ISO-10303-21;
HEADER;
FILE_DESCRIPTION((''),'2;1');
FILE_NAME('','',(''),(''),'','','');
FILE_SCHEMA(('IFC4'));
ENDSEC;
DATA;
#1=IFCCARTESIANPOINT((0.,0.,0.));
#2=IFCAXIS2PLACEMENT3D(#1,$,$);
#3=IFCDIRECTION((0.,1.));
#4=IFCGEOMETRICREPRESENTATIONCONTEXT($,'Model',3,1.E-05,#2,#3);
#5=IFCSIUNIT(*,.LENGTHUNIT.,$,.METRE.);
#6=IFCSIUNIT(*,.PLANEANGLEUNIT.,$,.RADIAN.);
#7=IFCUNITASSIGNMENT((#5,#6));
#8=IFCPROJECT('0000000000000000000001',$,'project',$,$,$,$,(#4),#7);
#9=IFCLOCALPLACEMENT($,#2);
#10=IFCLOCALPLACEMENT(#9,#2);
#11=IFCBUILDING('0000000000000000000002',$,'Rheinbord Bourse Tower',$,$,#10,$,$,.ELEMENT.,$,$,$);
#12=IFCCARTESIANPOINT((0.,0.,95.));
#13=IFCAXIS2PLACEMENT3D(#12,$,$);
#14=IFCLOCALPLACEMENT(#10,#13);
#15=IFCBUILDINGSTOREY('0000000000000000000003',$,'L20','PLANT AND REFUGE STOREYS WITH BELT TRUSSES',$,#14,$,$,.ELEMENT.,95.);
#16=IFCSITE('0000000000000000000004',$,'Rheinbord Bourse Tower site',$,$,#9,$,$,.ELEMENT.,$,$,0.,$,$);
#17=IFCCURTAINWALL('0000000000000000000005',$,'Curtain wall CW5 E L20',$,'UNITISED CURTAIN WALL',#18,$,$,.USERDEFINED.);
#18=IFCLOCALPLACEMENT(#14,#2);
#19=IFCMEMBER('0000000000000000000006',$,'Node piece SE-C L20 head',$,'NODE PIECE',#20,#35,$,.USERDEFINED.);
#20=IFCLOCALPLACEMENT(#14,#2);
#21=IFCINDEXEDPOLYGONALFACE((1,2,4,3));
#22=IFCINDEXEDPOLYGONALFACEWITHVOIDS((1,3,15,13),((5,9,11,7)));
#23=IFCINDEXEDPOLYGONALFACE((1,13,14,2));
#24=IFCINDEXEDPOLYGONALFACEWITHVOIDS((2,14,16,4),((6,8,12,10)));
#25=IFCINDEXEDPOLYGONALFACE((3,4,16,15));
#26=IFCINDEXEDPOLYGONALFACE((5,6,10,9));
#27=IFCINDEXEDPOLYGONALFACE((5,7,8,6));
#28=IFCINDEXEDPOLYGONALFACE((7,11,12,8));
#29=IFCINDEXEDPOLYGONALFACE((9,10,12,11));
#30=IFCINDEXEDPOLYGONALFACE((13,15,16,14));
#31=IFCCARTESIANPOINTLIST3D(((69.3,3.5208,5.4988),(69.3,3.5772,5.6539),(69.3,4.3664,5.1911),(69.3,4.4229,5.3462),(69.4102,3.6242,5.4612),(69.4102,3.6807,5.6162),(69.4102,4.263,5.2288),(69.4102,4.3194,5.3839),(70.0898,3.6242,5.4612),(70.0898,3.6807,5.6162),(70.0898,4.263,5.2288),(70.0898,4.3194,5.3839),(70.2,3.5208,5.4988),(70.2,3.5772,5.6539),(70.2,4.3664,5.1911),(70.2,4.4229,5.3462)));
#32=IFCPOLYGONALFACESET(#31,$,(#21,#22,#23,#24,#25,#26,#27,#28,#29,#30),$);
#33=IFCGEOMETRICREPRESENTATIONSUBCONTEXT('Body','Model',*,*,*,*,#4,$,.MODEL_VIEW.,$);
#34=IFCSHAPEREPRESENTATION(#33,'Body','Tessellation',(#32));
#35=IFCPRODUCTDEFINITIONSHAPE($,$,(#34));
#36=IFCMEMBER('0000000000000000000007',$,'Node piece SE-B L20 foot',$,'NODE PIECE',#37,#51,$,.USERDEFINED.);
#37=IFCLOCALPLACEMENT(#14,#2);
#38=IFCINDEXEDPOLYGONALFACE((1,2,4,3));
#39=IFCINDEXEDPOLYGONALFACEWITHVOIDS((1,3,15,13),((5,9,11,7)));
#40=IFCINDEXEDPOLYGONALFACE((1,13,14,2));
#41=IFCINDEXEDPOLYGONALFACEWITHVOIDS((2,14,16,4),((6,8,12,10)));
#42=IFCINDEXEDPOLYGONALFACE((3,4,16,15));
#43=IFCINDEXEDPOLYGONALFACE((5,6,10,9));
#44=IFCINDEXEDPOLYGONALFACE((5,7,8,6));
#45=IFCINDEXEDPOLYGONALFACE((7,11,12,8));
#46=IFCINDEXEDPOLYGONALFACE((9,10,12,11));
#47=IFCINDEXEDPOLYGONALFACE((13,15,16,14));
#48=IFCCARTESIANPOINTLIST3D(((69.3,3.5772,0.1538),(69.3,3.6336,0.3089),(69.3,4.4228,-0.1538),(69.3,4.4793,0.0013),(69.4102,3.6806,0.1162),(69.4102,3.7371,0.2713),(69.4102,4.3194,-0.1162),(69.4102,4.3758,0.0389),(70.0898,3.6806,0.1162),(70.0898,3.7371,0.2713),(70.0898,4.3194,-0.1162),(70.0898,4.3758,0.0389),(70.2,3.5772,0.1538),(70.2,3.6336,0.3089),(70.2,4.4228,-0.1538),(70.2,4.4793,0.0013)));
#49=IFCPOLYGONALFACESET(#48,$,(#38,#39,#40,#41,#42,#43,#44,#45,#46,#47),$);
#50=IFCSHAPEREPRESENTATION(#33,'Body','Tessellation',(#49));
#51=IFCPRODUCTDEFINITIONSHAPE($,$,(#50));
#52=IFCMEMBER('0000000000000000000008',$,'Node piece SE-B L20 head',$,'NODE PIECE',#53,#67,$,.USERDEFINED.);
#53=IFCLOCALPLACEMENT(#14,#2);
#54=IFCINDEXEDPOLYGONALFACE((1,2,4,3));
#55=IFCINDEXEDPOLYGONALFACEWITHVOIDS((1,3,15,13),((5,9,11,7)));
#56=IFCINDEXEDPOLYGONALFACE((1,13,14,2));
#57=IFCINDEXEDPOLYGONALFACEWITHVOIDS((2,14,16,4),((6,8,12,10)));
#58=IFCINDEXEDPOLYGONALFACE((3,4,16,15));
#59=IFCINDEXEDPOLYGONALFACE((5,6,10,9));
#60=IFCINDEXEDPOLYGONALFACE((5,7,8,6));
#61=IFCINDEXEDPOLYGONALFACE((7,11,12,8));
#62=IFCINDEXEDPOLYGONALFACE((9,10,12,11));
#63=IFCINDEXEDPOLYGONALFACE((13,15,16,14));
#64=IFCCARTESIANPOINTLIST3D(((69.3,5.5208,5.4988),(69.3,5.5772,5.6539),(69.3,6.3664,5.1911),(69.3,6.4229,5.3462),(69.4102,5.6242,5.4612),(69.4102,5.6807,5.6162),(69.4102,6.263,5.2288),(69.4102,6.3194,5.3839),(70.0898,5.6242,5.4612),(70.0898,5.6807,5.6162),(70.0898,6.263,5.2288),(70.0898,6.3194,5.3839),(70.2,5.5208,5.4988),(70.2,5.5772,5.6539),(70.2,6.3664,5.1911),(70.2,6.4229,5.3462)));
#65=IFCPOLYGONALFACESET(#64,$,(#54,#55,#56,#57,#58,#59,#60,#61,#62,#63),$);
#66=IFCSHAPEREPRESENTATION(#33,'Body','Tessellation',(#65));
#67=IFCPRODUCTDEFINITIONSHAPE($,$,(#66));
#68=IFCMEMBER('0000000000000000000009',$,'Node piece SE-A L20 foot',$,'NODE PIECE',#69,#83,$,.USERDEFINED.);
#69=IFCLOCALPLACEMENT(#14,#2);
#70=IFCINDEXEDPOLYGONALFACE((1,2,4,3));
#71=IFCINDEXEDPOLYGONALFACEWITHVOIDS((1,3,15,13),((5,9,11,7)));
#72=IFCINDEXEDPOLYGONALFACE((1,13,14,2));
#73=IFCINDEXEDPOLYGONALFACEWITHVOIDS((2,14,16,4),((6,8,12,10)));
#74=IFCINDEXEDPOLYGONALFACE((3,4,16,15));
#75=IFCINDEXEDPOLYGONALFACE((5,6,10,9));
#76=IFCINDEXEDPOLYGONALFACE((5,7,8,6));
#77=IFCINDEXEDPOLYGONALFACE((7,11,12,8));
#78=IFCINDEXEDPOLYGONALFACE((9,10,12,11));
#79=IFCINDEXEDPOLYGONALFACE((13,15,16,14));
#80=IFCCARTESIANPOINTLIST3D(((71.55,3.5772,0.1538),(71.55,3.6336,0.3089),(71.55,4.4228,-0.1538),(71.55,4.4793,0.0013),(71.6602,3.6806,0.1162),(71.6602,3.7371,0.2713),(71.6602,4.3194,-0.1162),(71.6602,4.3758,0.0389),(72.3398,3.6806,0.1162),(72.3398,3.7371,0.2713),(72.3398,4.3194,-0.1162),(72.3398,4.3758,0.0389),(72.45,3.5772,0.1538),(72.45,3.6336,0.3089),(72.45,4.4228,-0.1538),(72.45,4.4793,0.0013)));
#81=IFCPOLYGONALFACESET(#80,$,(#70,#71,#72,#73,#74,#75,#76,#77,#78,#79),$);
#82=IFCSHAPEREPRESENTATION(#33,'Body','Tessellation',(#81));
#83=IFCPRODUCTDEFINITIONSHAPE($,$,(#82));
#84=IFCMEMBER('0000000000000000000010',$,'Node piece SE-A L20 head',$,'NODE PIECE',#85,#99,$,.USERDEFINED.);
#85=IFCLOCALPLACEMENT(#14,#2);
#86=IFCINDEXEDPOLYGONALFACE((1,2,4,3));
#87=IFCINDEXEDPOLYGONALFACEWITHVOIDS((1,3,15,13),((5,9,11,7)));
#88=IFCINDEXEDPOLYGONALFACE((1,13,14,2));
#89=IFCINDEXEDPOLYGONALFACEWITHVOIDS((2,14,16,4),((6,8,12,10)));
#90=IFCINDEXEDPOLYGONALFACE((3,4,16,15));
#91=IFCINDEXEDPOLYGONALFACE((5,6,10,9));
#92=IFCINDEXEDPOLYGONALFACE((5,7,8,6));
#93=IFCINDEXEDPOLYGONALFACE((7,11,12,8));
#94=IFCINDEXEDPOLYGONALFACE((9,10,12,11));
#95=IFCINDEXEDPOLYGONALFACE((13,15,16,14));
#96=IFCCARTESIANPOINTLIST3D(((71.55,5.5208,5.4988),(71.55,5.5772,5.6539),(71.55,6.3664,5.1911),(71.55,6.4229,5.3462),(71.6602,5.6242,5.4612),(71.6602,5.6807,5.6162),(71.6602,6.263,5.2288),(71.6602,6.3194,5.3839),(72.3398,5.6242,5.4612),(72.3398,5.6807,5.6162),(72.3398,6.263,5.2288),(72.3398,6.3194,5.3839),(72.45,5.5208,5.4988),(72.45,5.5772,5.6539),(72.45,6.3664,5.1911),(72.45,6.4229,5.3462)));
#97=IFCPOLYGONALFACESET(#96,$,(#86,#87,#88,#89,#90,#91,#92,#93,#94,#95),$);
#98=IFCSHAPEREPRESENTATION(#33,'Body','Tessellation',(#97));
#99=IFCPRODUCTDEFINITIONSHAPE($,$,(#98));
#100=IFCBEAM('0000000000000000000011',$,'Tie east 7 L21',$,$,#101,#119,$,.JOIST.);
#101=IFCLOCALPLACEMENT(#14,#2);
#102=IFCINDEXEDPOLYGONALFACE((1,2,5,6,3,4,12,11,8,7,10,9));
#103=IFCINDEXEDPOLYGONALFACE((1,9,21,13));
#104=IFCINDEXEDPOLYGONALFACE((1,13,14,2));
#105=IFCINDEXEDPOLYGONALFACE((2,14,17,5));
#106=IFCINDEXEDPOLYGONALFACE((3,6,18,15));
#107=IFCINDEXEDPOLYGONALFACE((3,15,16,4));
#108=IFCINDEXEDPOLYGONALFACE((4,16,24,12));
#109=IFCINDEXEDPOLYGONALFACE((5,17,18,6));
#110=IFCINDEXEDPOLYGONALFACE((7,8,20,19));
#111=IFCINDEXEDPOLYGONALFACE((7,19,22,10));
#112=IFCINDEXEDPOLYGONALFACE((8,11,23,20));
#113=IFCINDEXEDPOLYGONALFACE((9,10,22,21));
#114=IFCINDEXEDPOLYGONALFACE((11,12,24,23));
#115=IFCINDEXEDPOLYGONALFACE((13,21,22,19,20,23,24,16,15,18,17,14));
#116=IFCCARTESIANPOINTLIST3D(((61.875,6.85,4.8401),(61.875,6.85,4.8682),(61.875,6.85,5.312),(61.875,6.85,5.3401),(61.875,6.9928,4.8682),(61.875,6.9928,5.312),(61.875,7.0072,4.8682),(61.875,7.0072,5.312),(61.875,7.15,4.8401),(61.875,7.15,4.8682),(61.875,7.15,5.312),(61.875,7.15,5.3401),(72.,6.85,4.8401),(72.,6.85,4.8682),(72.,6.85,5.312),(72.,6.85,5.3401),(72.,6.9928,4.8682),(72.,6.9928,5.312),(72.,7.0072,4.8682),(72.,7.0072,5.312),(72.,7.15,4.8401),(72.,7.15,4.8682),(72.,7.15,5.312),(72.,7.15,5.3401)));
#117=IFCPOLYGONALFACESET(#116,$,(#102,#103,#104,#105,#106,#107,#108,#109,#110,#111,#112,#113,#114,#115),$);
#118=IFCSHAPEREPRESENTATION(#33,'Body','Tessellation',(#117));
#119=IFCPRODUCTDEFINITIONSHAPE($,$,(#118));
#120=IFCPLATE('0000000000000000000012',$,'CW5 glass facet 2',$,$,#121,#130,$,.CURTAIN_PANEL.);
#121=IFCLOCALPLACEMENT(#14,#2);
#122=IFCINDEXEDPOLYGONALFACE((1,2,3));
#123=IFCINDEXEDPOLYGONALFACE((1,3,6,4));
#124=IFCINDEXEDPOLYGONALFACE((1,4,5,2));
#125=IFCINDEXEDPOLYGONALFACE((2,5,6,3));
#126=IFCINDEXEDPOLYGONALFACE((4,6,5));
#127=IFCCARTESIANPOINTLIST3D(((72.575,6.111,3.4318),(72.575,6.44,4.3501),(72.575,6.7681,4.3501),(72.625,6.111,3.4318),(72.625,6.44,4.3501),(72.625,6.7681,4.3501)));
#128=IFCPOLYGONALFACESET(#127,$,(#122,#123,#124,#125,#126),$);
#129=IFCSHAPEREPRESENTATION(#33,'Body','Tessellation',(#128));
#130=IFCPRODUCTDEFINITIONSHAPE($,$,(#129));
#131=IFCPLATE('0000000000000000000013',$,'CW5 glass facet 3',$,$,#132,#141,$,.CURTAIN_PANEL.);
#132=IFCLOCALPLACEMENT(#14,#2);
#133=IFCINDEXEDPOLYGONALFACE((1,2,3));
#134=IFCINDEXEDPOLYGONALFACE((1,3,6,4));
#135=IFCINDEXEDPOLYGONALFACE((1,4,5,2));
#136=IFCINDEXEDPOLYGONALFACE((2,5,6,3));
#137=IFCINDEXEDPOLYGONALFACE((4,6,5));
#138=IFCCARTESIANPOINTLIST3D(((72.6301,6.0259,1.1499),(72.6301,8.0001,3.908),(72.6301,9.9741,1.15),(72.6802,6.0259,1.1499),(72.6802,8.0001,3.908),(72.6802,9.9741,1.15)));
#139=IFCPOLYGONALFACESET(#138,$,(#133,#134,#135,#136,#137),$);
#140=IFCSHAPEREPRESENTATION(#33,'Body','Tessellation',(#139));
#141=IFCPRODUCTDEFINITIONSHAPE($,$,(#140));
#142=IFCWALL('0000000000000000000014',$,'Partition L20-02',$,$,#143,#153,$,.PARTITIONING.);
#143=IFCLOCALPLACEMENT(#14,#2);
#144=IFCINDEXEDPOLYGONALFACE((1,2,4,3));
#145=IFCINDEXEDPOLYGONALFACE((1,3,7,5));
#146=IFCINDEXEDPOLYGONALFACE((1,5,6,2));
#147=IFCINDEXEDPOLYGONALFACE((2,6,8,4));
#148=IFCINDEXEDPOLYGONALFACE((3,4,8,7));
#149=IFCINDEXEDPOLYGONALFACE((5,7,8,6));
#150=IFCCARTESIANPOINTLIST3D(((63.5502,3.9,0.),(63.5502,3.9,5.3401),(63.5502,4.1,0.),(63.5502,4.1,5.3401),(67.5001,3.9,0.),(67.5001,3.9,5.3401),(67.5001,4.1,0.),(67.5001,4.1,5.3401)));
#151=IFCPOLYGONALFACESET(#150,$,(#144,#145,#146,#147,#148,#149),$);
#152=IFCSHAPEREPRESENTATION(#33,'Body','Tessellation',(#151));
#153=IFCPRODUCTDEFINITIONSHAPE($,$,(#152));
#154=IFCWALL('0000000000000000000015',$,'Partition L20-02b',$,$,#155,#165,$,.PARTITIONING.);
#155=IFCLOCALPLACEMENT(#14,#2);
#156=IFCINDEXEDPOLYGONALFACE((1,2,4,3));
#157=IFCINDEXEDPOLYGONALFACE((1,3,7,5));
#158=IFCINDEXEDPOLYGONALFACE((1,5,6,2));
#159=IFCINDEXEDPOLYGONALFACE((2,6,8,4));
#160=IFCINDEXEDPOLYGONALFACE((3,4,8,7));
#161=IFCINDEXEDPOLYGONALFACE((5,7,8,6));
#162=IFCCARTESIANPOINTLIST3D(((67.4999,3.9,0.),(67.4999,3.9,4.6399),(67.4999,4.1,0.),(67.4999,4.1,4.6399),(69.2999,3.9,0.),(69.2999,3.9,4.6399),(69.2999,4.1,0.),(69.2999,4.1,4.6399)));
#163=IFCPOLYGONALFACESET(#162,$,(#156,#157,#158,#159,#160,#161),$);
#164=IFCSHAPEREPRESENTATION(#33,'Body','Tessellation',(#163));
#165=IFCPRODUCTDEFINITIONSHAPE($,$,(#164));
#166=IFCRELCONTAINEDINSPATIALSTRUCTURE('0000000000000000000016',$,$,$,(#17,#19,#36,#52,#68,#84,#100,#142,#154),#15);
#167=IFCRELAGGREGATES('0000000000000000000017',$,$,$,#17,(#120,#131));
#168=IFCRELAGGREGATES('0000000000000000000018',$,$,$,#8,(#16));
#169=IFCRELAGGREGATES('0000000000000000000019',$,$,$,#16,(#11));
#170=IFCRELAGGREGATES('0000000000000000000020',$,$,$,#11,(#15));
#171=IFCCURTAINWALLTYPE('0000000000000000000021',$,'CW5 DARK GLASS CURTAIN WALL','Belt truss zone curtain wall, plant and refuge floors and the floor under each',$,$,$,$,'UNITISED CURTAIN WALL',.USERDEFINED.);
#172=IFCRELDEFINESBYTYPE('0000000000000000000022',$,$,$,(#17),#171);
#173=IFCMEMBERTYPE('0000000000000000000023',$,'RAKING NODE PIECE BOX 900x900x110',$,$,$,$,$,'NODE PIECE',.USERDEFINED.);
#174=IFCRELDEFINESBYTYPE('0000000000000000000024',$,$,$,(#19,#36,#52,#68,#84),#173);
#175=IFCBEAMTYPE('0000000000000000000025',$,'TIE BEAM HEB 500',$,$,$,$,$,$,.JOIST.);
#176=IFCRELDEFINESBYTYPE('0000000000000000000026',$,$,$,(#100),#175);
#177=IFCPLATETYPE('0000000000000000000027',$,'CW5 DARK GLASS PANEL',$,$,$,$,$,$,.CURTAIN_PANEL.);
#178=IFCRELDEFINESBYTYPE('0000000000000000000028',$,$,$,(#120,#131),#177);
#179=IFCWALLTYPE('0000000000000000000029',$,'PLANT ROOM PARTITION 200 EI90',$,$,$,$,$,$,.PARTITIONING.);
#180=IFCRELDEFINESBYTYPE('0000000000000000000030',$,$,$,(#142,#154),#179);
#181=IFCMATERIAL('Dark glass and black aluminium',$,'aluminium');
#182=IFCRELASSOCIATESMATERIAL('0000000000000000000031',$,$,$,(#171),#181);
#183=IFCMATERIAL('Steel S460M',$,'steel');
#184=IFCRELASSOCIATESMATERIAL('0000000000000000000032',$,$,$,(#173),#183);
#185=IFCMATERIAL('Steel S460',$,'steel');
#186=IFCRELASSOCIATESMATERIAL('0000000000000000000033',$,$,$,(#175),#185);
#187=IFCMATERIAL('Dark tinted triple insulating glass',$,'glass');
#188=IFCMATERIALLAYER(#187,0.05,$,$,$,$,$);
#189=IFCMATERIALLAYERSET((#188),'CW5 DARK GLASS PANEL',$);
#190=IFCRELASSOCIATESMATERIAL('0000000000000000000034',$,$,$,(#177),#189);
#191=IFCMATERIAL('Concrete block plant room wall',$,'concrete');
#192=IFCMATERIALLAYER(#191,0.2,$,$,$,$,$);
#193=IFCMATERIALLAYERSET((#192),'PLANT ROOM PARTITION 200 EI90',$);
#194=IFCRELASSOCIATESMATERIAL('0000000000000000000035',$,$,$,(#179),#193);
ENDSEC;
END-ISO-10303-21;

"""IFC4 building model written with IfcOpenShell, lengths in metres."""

from ifc_helpers import new_model, si_unit, direction, frame, frame_2d, origin, origin_2d, place, context, subcontext, project, spatial, polyline, rectangle, hollow_rectangle, i_section, outline, extrude, material, layer, layer_set, material_profile, profile_set, type_object, element, aggregate, save


model = new_model("IFC4")

# Units and contexts
model_context = context("Model", 3, precision=1e-05, world=origin(), true_north=direction((0.0, 1.0)))
body_context = subcontext(model_context, "Body", "Model", "MODEL_VIEW")
ifc_project = project(units=[si_unit("LENGTHUNIT", "METRE"), si_unit("PLANEANGLEUNIT", "RADIAN")], contexts=[model_context])

# Site, building, storey
site_placement = place(None, origin())
site = spatial("IfcSite", under=ifc_project, at=site_placement, Name="Rheinbord Bourse Tower site", CompositionType="ELEMENT", RefElevation=0.0)
building_placement = place(site_placement, origin())
building = spatial("IfcBuilding", under=site, at=building_placement, Name="Rheinbord Bourse Tower", CompositionType="ELEMENT")
storey_placement = place(building_placement, frame((0.0, 0.0, 95.0)))
storey = spatial("IfcBuildingStorey", under=building, at=storey_placement, Name="L20", Description="PLANT AND REFUGE STOREYS WITH BELT TRUSSES", CompositionType="ELEMENT", Elevation=95.0)

# Curtain wall
ifc_material_1 = material(Name="Dark glass and black aluminium", Category="aluminium")
curtain_wall_type = type_object("IfcCurtainWallType", Name="CW5 DARK GLASS CURTAIN WALL", Description="Belt truss zone curtain wall, plant and refuge floors and the floor under each", ElementType="UNITISED CURTAIN WALL", PredefinedType="USERDEFINED", material=ifc_material_1)
curtain_wall_placement = place(storey_placement, origin())
curtain_wall = element("IfcCurtainWall", 1, at=curtain_wall_placement, inside=storey, type_object=curtain_wall_type, Name="Curtain wall CW5 E L20", ObjectType="UNITISED CURTAIN WALL", PredefinedType="USERDEFINED")

# Members
ifc_material_2 = material(Name="Steel S460M", Category="steel")
ifc_material_profile_1 = material_profile(ifc_material_2, hollow_rectangle(XDim=0.8999, YDim=0.8999, WallThickness=0.1101, at=origin_2d()), Name="BOX 900x900x110")
ifc_profile_set_1 = profile_set([ifc_material_profile_1], Name="Steel S460M")
member_type_1 = type_object("IfcMemberType", Name="RAKING NODE PIECE BOX 900x900x110", ElementType="NODE PIECE", PredefinedType="USERDEFINED", material=ifc_profile_set_1)
for number, where, z_axis, x_axis, name in (
    (2, (69.75, 3.9436, 5.345), (0.0, 0.341862, 0.93975), (-1.0, 0.0, 0.0), "Node piece SE-C L20 head"),
    (3, (69.75, 4.0, 0.0), (0.0, 0.341862, 0.93975), (-1.0, 0.0, 0.0), "Node piece SE-B L20 foot"),
    (4, (69.75, 5.9436, 5.345), (0.0, 0.341862, 0.93975), (-1.0, 0.0, 0.0), "Node piece SE-B L20 head"),
    (5, (72.0, 4.0, 0.0), (0.0, 0.341862, 0.93975), (-1.0, 0.0, 0.0), "Node piece SE-A L20 foot"),
    (6, (72.0, 5.9436, 5.345), (0.0, 0.341862, 0.93975), (-1.0, 0.0, 0.0), "Node piece SE-A L20 head"),
):
    element("IfcMember", number, at=place(storey_placement, frame(where, z_axis=z_axis, x_axis=x_axis)), inside=storey, type_object=member_type_1, Name=name, ObjectType="NODE PIECE", PredefinedType="USERDEFINED", context=body_context, shape_type="SweptSolid", body=[
        extrude(hollow_rectangle(XDim=0.8999, YDim=0.8999, WallThickness=0.1101, at=origin_2d()), origin(), (0.0, 0.0, 1.0), 0.165),
    ])

# Beam
ifc_material_3 = material(Name="Steel S460", Category="steel")
ifc_material_profile_2 = material_profile(ifc_material_3, i_section(OverallWidth=0.3, OverallDepth=0.5, WebThickness=0.0144, FlangeThickness=0.0281, at=origin_2d()), Name="HEB 500")
ifc_profile_set_2 = profile_set([ifc_material_profile_2], Name="Steel S460")
beam_type_1 = type_object("IfcBeamType", Name="TIE BEAM HEB 500", PredefinedType="JOIST", material=ifc_profile_set_2)
beam_1_placement = place(storey_placement, frame((61.875, 7.0, 5.0901), z_axis=(1.0, 0.0, 0.0), x_axis=(0.0, 1.0, 0.0)))
element("IfcBeam", 7, at=beam_1_placement, inside=storey, type_object=beam_type_1, Name="Tie east 7 L21", PredefinedType="JOIST", context=body_context, shape_type="SweptSolid", body=[
    extrude(i_section(OverallWidth=0.3, OverallDepth=0.5, WebThickness=0.0144, FlangeThickness=0.0281, at=origin_2d()), origin(), (0.0, 0.0, 1.0), 10.125),
])

# Plates
ifc_material_4 = material(Name="Dark tinted triple insulating glass", Category="glass")
ifc_layer_1 = layer(ifc_material_4, 0.05)
ifc_layer_set_1 = layer_set([ifc_layer_1], Name="CW5 DARK GLASS PANEL")
plate_type = type_object("IfcPlateType", Name="CW5 DARK GLASS PANEL", PredefinedType="CURTAIN_PANEL", material=ifc_layer_set_1)
plate_1_placement = place(storey_placement, frame((72.625, 6.7681, 4.3501), z_axis=(-1.0, 0.0, 0.0), x_axis=(0.0, -0.581893, -0.813266)))
plate_1 = element("IfcPlate", 8, at=plate_1_placement, type_object=plate_type, Name="CW5 glass facet 2", PredefinedType="CURTAIN_PANEL", context=body_context, shape_type="SweptSolid", body=[
    extrude(outline(polyline([(0.0, 0.0), (1.1292, 0.0), (0.1909, 0.2668), (0.0, 0.0)])), origin(), (0.0, 0.0, 1.0), 0.05),
])
plate_2_placement = place(storey_placement, frame((72.6802, 6.0259, 1.1499), z_axis=(-1.0, 0.0, 0.0), x_axis=(0.0, 0.582035, 0.813164)))
plate_2 = element("IfcPlate", 9, at=plate_2_placement, type_object=plate_type, Name="CW5 glass facet 3", PredefinedType="CURTAIN_PANEL", context=body_context, shape_type="SweptSolid", body=[
    extrude(outline(polyline([(0.0, 0.0), (3.3918, 0.0), (2.2981, 3.2104), (0.0, 0.0)])), origin(), (0.0, 0.0, 1.0), 0.05),
])
aggregate(curtain_wall, [plate_1, plate_2])

# Walls
ifc_material_5 = material(Name="Concrete block plant room wall", Category="concrete")
ifc_layer_2 = layer(ifc_material_5, 0.2)
ifc_layer_set_2 = layer_set([ifc_layer_2], Name="PLANT ROOM PARTITION 200 EI90")
wall_type = type_object("IfcWallType", Name="PLANT ROOM PARTITION 200 EI90", PredefinedType="PARTITIONING", material=ifc_layer_set_2)
wall_1_placement = place(storey_placement, frame((63.55, 4.0, 0.0), z_axis=(0.0, 0.0, 1.0), x_axis=(1.0, 0.0, 0.0)))
element("IfcWall", 10, at=wall_1_placement, inside=storey, type_object=wall_type, Name="Partition L20-02", PredefinedType="PARTITIONING", context=body_context, shape_type="SweptSolid", body=[
    extrude(rectangle(XDim=3.95, YDim=0.2, at=frame_2d((1.9751, 0.0))), origin(), (0.0, 0.0, 1.0), 5.3401),
])
wall_2_placement = place(storey_placement, frame((67.5, 4.0, 0.0), z_axis=(0.0, 0.0, 1.0), x_axis=(1.0, 0.0, 0.0)))
element("IfcWall", 11, at=wall_2_placement, inside=storey, type_object=wall_type, Name="Partition L20-02b", PredefinedType="PARTITIONING", context=body_context, shape_type="SweptSolid", body=[
    extrude(rectangle(XDim=1.8, YDim=0.2, at=frame_2d((0.8999, 0.0))), origin(), (0.0, 0.0, 1.0), 4.6399),
])

save(model, "model.ifc")
